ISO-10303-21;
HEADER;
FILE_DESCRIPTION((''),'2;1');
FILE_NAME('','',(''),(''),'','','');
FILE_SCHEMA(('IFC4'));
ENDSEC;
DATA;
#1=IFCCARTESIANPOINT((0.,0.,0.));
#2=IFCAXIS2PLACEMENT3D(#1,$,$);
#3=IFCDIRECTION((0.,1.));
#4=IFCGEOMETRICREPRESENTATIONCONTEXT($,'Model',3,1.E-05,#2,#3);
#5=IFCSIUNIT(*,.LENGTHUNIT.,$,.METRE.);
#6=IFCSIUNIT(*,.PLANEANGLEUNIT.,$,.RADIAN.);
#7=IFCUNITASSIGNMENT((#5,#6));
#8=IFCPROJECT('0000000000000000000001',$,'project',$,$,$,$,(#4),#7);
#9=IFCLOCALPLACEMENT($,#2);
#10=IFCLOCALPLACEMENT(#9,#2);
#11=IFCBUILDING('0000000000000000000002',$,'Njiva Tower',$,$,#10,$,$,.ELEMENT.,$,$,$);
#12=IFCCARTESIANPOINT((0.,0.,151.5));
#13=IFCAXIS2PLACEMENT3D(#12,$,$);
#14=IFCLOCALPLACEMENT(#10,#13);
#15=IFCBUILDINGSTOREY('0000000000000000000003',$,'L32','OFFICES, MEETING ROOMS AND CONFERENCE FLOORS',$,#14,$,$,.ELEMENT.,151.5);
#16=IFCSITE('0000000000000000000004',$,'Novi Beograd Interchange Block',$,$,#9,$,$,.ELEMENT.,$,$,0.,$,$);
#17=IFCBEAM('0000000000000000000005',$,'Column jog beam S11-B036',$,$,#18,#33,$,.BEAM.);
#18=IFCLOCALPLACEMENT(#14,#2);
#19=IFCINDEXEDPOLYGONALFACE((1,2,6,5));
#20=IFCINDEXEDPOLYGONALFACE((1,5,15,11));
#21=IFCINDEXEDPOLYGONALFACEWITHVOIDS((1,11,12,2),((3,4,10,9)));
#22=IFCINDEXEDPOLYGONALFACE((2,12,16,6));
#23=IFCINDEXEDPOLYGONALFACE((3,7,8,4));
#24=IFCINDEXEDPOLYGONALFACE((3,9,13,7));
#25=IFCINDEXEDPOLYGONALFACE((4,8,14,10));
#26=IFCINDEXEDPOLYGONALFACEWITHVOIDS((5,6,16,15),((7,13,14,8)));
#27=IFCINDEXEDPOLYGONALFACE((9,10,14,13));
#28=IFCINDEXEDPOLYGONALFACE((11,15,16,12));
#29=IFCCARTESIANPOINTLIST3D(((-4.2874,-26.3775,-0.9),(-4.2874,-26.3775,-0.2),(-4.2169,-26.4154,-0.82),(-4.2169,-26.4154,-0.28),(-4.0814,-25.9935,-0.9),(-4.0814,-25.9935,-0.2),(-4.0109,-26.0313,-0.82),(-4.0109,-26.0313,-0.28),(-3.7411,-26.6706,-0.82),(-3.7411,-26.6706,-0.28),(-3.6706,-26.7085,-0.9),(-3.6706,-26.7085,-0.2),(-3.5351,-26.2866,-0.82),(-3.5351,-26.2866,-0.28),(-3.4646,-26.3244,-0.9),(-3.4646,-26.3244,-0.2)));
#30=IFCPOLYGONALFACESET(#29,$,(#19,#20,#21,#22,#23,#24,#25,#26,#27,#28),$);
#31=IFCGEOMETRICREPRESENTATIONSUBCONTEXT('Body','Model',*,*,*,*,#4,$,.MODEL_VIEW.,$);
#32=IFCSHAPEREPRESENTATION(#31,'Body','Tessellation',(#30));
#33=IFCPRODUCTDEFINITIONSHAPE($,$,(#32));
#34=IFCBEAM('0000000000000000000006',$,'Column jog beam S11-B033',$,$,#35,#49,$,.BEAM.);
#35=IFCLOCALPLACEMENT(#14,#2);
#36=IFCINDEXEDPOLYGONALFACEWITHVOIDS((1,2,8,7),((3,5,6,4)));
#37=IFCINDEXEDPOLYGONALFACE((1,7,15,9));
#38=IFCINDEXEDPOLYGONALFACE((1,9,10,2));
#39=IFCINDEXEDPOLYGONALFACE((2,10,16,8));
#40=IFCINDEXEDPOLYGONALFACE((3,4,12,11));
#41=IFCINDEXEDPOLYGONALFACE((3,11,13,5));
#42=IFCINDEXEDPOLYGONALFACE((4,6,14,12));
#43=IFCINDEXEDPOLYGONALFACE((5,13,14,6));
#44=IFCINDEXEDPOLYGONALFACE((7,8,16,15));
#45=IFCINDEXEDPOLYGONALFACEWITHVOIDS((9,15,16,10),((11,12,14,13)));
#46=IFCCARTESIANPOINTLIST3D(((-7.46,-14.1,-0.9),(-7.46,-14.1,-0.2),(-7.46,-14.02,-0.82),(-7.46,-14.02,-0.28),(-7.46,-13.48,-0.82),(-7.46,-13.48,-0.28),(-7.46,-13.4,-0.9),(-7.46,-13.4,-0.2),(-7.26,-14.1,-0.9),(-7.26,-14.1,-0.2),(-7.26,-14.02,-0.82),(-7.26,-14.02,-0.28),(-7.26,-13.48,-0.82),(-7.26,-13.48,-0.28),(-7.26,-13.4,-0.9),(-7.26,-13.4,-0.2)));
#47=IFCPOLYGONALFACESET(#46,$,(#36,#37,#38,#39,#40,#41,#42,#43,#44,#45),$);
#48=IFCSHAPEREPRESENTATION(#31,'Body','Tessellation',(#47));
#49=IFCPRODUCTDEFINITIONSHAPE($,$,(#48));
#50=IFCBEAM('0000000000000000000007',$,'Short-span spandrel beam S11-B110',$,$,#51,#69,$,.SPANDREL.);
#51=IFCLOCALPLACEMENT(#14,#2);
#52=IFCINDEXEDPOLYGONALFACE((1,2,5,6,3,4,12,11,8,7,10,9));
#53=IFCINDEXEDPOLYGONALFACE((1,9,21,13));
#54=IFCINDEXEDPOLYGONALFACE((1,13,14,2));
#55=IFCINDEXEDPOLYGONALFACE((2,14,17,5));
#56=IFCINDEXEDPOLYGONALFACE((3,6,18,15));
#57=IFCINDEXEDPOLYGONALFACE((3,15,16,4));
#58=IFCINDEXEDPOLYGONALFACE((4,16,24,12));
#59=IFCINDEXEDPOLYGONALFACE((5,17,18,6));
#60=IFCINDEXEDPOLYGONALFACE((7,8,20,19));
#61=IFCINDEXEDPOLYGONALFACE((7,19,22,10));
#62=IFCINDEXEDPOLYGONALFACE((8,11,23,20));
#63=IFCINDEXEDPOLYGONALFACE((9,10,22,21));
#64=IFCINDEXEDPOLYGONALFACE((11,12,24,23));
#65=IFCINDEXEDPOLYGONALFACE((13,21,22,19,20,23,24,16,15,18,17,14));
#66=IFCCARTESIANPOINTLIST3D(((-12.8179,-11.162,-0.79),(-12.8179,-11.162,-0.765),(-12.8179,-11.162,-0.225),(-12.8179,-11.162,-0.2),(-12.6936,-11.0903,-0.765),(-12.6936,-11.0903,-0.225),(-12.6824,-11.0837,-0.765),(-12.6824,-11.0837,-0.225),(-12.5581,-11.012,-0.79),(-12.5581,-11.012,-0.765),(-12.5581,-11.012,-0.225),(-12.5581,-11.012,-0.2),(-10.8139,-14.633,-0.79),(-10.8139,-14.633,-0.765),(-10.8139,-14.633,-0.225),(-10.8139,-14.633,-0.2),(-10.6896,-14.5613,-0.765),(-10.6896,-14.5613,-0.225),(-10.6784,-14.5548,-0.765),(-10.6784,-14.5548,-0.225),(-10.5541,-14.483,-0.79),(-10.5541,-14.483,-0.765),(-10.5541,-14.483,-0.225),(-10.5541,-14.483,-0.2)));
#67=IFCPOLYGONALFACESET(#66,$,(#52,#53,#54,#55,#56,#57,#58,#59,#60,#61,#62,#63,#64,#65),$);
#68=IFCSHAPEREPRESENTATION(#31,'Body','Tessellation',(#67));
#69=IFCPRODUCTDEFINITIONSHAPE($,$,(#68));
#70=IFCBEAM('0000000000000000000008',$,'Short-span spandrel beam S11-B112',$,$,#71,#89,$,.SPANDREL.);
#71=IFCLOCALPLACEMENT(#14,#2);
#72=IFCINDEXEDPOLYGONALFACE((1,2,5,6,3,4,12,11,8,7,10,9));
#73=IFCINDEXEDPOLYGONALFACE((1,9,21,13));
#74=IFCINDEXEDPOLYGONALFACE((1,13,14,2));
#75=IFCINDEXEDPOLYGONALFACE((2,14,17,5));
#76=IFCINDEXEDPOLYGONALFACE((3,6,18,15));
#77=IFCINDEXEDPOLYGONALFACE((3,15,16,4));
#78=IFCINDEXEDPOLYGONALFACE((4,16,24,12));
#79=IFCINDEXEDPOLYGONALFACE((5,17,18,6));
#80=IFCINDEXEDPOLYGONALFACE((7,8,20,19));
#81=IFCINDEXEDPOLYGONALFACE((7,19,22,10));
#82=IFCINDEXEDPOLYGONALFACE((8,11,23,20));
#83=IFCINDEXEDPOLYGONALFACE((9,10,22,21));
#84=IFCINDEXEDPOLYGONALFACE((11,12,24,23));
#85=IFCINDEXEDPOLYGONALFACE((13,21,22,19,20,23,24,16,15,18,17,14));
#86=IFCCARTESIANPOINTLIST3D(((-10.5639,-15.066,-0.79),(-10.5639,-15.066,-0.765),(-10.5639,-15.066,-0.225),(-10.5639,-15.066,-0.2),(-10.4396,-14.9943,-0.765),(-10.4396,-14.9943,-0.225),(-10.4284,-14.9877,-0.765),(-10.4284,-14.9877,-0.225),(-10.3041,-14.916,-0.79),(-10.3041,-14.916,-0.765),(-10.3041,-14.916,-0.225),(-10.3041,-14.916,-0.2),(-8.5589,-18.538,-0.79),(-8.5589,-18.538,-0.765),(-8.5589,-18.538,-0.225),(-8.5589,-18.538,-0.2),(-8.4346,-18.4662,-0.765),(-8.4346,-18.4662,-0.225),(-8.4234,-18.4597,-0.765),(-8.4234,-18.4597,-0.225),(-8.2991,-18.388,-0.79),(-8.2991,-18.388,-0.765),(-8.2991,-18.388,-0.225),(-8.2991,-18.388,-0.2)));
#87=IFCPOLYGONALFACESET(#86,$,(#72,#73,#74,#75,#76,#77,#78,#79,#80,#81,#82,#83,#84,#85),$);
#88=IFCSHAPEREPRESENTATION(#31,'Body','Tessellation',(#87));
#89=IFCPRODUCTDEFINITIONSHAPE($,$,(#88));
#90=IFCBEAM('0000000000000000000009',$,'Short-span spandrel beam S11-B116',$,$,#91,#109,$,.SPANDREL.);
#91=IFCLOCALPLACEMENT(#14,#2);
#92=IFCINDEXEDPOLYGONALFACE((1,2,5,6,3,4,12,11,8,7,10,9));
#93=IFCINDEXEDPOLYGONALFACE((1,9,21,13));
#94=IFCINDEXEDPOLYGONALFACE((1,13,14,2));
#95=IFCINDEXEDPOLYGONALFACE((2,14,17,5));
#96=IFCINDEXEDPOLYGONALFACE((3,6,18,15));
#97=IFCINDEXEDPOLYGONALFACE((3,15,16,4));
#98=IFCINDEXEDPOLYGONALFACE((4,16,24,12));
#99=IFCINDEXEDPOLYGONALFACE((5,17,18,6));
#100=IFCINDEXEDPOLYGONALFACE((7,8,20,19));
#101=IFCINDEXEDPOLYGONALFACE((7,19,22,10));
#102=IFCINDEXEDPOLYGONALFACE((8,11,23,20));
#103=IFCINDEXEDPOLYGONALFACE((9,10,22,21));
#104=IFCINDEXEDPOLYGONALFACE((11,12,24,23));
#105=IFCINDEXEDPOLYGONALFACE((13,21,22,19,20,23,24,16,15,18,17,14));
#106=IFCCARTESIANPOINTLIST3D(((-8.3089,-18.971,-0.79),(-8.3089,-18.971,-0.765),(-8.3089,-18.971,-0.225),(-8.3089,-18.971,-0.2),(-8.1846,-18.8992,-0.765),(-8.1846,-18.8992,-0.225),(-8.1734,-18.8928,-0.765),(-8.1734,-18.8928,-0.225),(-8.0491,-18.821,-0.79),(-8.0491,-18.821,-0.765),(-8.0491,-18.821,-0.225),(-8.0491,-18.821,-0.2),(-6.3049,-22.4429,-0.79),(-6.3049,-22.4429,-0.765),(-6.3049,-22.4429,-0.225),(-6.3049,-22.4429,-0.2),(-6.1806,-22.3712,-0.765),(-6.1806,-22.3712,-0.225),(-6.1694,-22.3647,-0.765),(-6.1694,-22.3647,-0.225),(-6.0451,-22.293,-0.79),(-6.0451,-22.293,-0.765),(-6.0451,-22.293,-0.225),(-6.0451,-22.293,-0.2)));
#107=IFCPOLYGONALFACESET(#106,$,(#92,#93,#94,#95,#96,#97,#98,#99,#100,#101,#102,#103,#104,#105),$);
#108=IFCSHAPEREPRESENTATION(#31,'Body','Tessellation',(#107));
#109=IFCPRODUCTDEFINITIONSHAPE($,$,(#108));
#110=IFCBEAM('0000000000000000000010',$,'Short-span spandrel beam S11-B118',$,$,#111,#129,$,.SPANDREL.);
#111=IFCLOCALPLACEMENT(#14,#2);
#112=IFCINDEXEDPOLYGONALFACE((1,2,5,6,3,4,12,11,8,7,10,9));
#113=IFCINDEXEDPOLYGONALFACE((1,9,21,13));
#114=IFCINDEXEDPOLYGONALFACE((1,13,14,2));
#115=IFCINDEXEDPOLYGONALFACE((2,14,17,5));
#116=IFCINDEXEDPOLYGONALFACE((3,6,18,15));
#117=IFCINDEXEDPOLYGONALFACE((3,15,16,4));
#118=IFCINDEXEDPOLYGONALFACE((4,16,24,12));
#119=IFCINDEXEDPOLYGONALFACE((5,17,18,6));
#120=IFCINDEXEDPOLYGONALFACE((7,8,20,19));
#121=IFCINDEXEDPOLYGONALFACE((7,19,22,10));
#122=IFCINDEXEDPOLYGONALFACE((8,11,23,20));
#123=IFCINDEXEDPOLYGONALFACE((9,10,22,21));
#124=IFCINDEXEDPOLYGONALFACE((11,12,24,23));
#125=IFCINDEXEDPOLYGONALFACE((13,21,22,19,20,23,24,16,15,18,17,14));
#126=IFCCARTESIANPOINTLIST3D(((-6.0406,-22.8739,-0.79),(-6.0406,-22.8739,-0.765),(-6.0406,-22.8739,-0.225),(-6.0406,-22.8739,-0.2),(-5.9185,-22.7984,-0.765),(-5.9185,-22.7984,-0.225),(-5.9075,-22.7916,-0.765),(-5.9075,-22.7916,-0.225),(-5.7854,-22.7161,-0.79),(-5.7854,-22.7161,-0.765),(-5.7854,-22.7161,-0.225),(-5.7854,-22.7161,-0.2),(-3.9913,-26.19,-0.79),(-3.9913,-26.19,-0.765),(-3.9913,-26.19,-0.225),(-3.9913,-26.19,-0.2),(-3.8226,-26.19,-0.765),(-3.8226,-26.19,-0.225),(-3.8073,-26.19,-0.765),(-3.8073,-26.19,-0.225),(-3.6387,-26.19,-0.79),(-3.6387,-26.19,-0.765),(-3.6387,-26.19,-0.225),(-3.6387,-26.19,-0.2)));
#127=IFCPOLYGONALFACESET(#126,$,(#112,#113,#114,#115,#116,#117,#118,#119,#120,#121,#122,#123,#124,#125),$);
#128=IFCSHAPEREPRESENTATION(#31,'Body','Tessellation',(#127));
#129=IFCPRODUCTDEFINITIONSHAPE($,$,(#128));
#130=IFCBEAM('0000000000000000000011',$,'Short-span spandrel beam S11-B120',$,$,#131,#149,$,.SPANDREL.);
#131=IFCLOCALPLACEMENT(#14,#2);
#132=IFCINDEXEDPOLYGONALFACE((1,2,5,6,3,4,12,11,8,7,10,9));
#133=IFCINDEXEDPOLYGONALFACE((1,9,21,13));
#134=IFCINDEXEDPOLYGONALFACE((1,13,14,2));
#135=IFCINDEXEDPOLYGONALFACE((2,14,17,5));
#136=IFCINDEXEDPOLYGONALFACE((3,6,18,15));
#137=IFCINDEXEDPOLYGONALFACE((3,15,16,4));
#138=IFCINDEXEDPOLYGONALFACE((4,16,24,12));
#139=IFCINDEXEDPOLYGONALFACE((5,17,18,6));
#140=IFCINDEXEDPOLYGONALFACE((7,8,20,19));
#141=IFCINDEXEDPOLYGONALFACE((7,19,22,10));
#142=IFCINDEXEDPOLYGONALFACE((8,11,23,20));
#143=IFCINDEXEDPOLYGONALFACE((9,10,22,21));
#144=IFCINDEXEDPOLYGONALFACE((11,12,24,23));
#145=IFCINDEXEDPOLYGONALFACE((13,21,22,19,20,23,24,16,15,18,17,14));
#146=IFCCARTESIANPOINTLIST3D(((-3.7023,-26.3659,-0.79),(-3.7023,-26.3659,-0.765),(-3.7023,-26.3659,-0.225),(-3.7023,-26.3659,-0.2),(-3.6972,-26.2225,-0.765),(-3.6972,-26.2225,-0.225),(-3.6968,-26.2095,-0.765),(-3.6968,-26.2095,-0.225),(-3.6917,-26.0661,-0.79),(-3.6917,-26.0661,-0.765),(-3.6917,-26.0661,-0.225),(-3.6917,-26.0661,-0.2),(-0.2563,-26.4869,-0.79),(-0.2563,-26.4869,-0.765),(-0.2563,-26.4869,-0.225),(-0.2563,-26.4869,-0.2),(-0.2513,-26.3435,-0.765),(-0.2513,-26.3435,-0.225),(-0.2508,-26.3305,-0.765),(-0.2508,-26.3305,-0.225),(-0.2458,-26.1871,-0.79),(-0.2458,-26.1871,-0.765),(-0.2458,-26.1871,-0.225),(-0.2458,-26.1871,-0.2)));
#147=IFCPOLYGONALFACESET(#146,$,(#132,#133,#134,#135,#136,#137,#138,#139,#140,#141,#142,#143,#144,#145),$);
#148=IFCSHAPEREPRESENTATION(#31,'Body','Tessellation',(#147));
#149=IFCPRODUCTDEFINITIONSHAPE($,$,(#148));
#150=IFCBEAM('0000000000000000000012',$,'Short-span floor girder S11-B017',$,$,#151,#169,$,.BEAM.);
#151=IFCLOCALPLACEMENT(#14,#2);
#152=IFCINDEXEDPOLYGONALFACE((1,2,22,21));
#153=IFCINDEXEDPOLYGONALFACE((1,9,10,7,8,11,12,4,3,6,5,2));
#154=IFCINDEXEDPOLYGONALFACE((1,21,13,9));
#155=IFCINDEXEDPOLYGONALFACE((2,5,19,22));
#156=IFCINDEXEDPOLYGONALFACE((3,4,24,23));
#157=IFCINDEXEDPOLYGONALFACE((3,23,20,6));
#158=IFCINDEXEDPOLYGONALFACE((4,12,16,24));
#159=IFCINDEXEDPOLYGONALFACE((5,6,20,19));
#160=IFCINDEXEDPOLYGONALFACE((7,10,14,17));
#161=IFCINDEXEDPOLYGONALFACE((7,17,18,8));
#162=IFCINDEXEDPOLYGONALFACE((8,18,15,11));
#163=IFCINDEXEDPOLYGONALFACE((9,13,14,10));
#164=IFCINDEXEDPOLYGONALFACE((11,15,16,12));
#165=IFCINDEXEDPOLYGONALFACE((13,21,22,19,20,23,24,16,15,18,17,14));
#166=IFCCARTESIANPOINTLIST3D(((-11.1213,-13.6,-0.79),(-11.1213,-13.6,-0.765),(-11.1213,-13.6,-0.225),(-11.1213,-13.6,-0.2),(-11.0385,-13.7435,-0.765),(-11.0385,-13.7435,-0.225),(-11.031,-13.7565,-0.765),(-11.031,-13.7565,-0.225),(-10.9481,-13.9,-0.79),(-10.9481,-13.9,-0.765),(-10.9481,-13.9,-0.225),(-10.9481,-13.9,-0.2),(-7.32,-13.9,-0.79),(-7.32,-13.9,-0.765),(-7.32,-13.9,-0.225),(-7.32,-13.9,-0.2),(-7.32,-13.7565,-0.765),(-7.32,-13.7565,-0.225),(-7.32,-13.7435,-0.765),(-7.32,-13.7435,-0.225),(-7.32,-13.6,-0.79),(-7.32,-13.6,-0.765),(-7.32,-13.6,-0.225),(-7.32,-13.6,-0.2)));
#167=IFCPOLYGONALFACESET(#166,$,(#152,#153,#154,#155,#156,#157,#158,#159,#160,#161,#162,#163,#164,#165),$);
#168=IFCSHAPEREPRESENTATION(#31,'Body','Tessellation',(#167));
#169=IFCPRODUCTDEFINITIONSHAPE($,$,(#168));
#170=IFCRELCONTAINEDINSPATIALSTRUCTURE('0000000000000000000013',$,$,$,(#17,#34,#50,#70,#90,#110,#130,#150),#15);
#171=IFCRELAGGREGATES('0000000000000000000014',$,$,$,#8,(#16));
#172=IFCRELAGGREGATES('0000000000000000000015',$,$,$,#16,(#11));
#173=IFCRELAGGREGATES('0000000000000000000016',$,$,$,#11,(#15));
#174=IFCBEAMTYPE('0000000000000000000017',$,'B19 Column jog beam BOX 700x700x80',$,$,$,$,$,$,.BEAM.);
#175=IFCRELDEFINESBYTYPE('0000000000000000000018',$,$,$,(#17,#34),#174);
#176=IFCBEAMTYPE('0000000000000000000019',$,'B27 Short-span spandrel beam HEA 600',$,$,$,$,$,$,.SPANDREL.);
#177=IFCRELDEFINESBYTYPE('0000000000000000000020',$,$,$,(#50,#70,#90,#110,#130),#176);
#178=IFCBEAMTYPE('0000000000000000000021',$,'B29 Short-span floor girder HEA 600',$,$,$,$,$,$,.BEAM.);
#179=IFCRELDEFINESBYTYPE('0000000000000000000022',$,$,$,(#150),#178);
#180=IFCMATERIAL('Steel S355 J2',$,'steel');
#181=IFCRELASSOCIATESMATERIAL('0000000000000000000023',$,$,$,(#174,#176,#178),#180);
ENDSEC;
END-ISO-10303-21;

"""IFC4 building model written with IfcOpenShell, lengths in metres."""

from ifc_helpers import new_model, si_unit, direction, frame, origin, origin_2d, place, context, subcontext, project, spatial, hollow_rectangle, i_section, extrude, clip, halfspace, material, material_profile, profile_set, type_object, element, save


model = new_model("IFC4")

# Units and contexts
model_context = context("Model", 3, precision=1e-05, world=origin(), true_north=direction((0.0, 1.0)))
body_context = subcontext(model_context, "Body", "Model", "MODEL_VIEW")
ifc_project = project(units=[si_unit("LENGTHUNIT", "METRE"), si_unit("PLANEANGLEUNIT", "RADIAN")], contexts=[model_context])

# Site, building, storey
site_placement = place(None, origin())
site = spatial("IfcSite", under=ifc_project, at=site_placement, Name="Novi Beograd Interchange Block", CompositionType="ELEMENT", RefElevation=0.0)
building_placement = place(site_placement, origin())
building = spatial("IfcBuilding", under=site, at=building_placement, Name="Njiva Tower", CompositionType="ELEMENT")
storey_placement = place(building_placement, frame((0.0, 0.0, 151.5)))
storey = spatial("IfcBuildingStorey", under=building, at=storey_placement, Name="L32", Description="OFFICES, MEETING ROOMS AND CONFERENCE FLOORS", CompositionType="ELEMENT", Elevation=151.5)

# Shared definitions
ifc_material_1 = material(Name="Steel S355 J2", Category="steel")

# Beams
ifc_material_profile_1 = material_profile(ifc_material_1, hollow_rectangle(XDim=0.7, YDim=0.7, WallThickness=0.08, at=origin_2d()), Name="BOX 700x700x80")
ifc_profile_set_1 = profile_set([ifc_material_profile_1], Name="Steel S355 J2")
beam_type_1 = type_object("IfcBeamType", Name="B19 Column jog beam BOX 700x700x80", PredefinedType="BEAM", material=ifc_profile_set_1)
beam_1_placement = place(storey_placement, frame((-3.979, -26.543, -0.55), z_axis=(0.472731, 0.881207, 0.0), x_axis=(-0.881207, 0.472731, 0.0)))
element("IfcBeam", 1, at=beam_1_placement, inside=storey, type_object=beam_type_1, Name="Column jog beam S11-B036", PredefinedType="BEAM", context=body_context, shape_type="SweptSolid", body=[
    extrude(hollow_rectangle(XDim=0.7, YDim=0.7, WallThickness=0.08, at=origin_2d()), origin(), (0.0, 0.0, 1.0), 0.4358),
])
beam_2_placement = place(storey_placement, frame((-7.46, -13.75, -0.55), z_axis=(1.0, 0.0, 0.0), x_axis=(0.0, 1.0, 0.0)))
element("IfcBeam", 2, at=beam_2_placement, inside=storey, type_object=beam_type_1, Name="Column jog beam S11-B033", PredefinedType="BEAM", context=body_context, shape_type="SweptSolid", body=[
    extrude(hollow_rectangle(XDim=0.7, YDim=0.7, WallThickness=0.08, at=origin_2d()), origin(), (0.0, 0.0, 1.0), 0.2),
])
ifc_material_profile_2 = material_profile(ifc_material_1, i_section(OverallWidth=0.3, OverallDepth=0.59, WebThickness=0.013, FlangeThickness=0.025, at=origin_2d()), Name="HEA 600")
ifc_profile_set_2 = profile_set([ifc_material_profile_2], Name="Steel S355 J2")
beam_type_2 = type_object("IfcBeamType", Name="B27 Short-span spandrel beam HEA 600", PredefinedType="SPANDREL", material=ifc_profile_set_2)
beam_3_placement = place(storey_placement, frame((-12.688, -11.087, -0.495), z_axis=(0.500003, -0.866024, 0.0), x_axis=(0.866024, 0.500003, 0.0)))
element("IfcBeam", 3, at=beam_3_placement, inside=storey, type_object=beam_type_2, Name="Short-span spandrel beam S11-B110", PredefinedType="SPANDREL", context=body_context, shape_type="SweptSolid", body=[
    extrude(i_section(OverallWidth=0.3, OverallDepth=0.59, WebThickness=0.013, FlangeThickness=0.025, at=origin_2d()), origin(), (0.0, 0.0, 1.0), 4.008),
])
beam_4_placement = place(storey_placement, frame((-10.434, -14.991, -0.495), z_axis=(0.500082, -0.865978, 0.0), x_axis=(0.865978, 0.500082, 0.0)))
element("IfcBeam", 4, at=beam_4_placement, inside=storey, type_object=beam_type_2, Name="Short-span spandrel beam S11-B112", PredefinedType="SPANDREL", context=body_context, shape_type="SweptSolid", body=[
    extrude(i_section(OverallWidth=0.3, OverallDepth=0.59, WebThickness=0.013, FlangeThickness=0.025, at=origin_2d()), origin(), (0.0, 0.0, 1.0), 4.0093),
])
beam_5_placement = place(storey_placement, frame((-8.179, -18.896, -0.495), z_axis=(0.499895, -0.866086, 0.0), x_axis=(0.866086, 0.499895, 0.0)))
element("IfcBeam", 5, at=beam_5_placement, inside=storey, type_object=beam_type_2, Name="Short-span spandrel beam S11-B116", PredefinedType="SPANDREL", context=body_context, shape_type="SweptSolid", body=[
    extrude(i_section(OverallWidth=0.3, OverallDepth=0.59, WebThickness=0.013, FlangeThickness=0.025, at=origin_2d()), origin(), (0.0, 0.0, 1.0), 4.0088),
])
beam_6_placement = place(storey_placement, frame((-5.913, -22.795, -0.495), z_axis=(0.52569, -0.850676, 0.0), x_axis=(0.850676, 0.52569, 0.0)))
element("IfcBeam", 6, at=beam_6_placement, inside=storey, type_object=beam_type_2, Name="Short-span spandrel beam S11-B118", PredefinedType="SPANDREL", context=body_context, shape_type="Clipping", body=[
    clip(extrude(i_section(OverallWidth=0.3, OverallDepth=0.59, WebThickness=0.013, FlangeThickness=0.025, at=origin_2d()), origin(), (0.0, 0.0, 1.0), 4.1039), halfspace(frame((-0.0265, 0.0, 3.9746), z_axis=(-0.52569, 0.0, 0.850676), x_axis=(0.0, 1.0, 0.0)), False)),
])
beam_7_placement = place(storey_placement, frame((-3.697, -26.216, -0.495), z_axis=(0.999384, -0.035092, 0.0), x_axis=(0.035092, 0.999384, 0.0)))
element("IfcBeam", 7, at=beam_7_placement, inside=storey, type_object=beam_type_2, Name="Short-span spandrel beam S11-B120", PredefinedType="SPANDREL", context=body_context, shape_type="SweptSolid", body=[
    extrude(i_section(OverallWidth=0.3, OverallDepth=0.59, WebThickness=0.013, FlangeThickness=0.025, at=origin_2d()), origin(), (0.0, 0.0, 1.0), 3.4481),
])
ifc_material_profile_3 = material_profile(ifc_material_1, i_section(OverallWidth=0.3, OverallDepth=0.59, WebThickness=0.013, FlangeThickness=0.025, at=origin_2d()), Name="HEA 600")
ifc_profile_set_3 = profile_set([ifc_material_profile_3], Name="Steel S355 J2")
beam_type_3 = type_object("IfcBeamType", Name="B29 Short-span floor girder HEA 600", PredefinedType="BEAM", material=ifc_profile_set_3)
beam_8_placement = place(storey_placement, frame((-11.142, -13.75, -0.495), z_axis=(1.0, 0.0, 0.0), x_axis=(0.0, 1.0, 0.0)))
element("IfcBeam", 8, at=beam_8_placement, inside=storey, type_object=beam_type_3, Name="Short-span floor girder S11-B017", PredefinedType="BEAM", context=body_context, shape_type="Clipping", body=[
    clip(extrude(i_section(OverallWidth=0.3, OverallDepth=0.59, WebThickness=0.013, FlangeThickness=0.025, at=origin_2d()), origin(), (0.0, 0.0, 1.0), 3.822), halfspace(frame((-0.025, 0.0, 0.1217), z_axis=(-0.499998, 0.0, -0.866027), x_axis=(0.0, -1.0, 0.0)), False)),
])

save(model, "model.ifc")
